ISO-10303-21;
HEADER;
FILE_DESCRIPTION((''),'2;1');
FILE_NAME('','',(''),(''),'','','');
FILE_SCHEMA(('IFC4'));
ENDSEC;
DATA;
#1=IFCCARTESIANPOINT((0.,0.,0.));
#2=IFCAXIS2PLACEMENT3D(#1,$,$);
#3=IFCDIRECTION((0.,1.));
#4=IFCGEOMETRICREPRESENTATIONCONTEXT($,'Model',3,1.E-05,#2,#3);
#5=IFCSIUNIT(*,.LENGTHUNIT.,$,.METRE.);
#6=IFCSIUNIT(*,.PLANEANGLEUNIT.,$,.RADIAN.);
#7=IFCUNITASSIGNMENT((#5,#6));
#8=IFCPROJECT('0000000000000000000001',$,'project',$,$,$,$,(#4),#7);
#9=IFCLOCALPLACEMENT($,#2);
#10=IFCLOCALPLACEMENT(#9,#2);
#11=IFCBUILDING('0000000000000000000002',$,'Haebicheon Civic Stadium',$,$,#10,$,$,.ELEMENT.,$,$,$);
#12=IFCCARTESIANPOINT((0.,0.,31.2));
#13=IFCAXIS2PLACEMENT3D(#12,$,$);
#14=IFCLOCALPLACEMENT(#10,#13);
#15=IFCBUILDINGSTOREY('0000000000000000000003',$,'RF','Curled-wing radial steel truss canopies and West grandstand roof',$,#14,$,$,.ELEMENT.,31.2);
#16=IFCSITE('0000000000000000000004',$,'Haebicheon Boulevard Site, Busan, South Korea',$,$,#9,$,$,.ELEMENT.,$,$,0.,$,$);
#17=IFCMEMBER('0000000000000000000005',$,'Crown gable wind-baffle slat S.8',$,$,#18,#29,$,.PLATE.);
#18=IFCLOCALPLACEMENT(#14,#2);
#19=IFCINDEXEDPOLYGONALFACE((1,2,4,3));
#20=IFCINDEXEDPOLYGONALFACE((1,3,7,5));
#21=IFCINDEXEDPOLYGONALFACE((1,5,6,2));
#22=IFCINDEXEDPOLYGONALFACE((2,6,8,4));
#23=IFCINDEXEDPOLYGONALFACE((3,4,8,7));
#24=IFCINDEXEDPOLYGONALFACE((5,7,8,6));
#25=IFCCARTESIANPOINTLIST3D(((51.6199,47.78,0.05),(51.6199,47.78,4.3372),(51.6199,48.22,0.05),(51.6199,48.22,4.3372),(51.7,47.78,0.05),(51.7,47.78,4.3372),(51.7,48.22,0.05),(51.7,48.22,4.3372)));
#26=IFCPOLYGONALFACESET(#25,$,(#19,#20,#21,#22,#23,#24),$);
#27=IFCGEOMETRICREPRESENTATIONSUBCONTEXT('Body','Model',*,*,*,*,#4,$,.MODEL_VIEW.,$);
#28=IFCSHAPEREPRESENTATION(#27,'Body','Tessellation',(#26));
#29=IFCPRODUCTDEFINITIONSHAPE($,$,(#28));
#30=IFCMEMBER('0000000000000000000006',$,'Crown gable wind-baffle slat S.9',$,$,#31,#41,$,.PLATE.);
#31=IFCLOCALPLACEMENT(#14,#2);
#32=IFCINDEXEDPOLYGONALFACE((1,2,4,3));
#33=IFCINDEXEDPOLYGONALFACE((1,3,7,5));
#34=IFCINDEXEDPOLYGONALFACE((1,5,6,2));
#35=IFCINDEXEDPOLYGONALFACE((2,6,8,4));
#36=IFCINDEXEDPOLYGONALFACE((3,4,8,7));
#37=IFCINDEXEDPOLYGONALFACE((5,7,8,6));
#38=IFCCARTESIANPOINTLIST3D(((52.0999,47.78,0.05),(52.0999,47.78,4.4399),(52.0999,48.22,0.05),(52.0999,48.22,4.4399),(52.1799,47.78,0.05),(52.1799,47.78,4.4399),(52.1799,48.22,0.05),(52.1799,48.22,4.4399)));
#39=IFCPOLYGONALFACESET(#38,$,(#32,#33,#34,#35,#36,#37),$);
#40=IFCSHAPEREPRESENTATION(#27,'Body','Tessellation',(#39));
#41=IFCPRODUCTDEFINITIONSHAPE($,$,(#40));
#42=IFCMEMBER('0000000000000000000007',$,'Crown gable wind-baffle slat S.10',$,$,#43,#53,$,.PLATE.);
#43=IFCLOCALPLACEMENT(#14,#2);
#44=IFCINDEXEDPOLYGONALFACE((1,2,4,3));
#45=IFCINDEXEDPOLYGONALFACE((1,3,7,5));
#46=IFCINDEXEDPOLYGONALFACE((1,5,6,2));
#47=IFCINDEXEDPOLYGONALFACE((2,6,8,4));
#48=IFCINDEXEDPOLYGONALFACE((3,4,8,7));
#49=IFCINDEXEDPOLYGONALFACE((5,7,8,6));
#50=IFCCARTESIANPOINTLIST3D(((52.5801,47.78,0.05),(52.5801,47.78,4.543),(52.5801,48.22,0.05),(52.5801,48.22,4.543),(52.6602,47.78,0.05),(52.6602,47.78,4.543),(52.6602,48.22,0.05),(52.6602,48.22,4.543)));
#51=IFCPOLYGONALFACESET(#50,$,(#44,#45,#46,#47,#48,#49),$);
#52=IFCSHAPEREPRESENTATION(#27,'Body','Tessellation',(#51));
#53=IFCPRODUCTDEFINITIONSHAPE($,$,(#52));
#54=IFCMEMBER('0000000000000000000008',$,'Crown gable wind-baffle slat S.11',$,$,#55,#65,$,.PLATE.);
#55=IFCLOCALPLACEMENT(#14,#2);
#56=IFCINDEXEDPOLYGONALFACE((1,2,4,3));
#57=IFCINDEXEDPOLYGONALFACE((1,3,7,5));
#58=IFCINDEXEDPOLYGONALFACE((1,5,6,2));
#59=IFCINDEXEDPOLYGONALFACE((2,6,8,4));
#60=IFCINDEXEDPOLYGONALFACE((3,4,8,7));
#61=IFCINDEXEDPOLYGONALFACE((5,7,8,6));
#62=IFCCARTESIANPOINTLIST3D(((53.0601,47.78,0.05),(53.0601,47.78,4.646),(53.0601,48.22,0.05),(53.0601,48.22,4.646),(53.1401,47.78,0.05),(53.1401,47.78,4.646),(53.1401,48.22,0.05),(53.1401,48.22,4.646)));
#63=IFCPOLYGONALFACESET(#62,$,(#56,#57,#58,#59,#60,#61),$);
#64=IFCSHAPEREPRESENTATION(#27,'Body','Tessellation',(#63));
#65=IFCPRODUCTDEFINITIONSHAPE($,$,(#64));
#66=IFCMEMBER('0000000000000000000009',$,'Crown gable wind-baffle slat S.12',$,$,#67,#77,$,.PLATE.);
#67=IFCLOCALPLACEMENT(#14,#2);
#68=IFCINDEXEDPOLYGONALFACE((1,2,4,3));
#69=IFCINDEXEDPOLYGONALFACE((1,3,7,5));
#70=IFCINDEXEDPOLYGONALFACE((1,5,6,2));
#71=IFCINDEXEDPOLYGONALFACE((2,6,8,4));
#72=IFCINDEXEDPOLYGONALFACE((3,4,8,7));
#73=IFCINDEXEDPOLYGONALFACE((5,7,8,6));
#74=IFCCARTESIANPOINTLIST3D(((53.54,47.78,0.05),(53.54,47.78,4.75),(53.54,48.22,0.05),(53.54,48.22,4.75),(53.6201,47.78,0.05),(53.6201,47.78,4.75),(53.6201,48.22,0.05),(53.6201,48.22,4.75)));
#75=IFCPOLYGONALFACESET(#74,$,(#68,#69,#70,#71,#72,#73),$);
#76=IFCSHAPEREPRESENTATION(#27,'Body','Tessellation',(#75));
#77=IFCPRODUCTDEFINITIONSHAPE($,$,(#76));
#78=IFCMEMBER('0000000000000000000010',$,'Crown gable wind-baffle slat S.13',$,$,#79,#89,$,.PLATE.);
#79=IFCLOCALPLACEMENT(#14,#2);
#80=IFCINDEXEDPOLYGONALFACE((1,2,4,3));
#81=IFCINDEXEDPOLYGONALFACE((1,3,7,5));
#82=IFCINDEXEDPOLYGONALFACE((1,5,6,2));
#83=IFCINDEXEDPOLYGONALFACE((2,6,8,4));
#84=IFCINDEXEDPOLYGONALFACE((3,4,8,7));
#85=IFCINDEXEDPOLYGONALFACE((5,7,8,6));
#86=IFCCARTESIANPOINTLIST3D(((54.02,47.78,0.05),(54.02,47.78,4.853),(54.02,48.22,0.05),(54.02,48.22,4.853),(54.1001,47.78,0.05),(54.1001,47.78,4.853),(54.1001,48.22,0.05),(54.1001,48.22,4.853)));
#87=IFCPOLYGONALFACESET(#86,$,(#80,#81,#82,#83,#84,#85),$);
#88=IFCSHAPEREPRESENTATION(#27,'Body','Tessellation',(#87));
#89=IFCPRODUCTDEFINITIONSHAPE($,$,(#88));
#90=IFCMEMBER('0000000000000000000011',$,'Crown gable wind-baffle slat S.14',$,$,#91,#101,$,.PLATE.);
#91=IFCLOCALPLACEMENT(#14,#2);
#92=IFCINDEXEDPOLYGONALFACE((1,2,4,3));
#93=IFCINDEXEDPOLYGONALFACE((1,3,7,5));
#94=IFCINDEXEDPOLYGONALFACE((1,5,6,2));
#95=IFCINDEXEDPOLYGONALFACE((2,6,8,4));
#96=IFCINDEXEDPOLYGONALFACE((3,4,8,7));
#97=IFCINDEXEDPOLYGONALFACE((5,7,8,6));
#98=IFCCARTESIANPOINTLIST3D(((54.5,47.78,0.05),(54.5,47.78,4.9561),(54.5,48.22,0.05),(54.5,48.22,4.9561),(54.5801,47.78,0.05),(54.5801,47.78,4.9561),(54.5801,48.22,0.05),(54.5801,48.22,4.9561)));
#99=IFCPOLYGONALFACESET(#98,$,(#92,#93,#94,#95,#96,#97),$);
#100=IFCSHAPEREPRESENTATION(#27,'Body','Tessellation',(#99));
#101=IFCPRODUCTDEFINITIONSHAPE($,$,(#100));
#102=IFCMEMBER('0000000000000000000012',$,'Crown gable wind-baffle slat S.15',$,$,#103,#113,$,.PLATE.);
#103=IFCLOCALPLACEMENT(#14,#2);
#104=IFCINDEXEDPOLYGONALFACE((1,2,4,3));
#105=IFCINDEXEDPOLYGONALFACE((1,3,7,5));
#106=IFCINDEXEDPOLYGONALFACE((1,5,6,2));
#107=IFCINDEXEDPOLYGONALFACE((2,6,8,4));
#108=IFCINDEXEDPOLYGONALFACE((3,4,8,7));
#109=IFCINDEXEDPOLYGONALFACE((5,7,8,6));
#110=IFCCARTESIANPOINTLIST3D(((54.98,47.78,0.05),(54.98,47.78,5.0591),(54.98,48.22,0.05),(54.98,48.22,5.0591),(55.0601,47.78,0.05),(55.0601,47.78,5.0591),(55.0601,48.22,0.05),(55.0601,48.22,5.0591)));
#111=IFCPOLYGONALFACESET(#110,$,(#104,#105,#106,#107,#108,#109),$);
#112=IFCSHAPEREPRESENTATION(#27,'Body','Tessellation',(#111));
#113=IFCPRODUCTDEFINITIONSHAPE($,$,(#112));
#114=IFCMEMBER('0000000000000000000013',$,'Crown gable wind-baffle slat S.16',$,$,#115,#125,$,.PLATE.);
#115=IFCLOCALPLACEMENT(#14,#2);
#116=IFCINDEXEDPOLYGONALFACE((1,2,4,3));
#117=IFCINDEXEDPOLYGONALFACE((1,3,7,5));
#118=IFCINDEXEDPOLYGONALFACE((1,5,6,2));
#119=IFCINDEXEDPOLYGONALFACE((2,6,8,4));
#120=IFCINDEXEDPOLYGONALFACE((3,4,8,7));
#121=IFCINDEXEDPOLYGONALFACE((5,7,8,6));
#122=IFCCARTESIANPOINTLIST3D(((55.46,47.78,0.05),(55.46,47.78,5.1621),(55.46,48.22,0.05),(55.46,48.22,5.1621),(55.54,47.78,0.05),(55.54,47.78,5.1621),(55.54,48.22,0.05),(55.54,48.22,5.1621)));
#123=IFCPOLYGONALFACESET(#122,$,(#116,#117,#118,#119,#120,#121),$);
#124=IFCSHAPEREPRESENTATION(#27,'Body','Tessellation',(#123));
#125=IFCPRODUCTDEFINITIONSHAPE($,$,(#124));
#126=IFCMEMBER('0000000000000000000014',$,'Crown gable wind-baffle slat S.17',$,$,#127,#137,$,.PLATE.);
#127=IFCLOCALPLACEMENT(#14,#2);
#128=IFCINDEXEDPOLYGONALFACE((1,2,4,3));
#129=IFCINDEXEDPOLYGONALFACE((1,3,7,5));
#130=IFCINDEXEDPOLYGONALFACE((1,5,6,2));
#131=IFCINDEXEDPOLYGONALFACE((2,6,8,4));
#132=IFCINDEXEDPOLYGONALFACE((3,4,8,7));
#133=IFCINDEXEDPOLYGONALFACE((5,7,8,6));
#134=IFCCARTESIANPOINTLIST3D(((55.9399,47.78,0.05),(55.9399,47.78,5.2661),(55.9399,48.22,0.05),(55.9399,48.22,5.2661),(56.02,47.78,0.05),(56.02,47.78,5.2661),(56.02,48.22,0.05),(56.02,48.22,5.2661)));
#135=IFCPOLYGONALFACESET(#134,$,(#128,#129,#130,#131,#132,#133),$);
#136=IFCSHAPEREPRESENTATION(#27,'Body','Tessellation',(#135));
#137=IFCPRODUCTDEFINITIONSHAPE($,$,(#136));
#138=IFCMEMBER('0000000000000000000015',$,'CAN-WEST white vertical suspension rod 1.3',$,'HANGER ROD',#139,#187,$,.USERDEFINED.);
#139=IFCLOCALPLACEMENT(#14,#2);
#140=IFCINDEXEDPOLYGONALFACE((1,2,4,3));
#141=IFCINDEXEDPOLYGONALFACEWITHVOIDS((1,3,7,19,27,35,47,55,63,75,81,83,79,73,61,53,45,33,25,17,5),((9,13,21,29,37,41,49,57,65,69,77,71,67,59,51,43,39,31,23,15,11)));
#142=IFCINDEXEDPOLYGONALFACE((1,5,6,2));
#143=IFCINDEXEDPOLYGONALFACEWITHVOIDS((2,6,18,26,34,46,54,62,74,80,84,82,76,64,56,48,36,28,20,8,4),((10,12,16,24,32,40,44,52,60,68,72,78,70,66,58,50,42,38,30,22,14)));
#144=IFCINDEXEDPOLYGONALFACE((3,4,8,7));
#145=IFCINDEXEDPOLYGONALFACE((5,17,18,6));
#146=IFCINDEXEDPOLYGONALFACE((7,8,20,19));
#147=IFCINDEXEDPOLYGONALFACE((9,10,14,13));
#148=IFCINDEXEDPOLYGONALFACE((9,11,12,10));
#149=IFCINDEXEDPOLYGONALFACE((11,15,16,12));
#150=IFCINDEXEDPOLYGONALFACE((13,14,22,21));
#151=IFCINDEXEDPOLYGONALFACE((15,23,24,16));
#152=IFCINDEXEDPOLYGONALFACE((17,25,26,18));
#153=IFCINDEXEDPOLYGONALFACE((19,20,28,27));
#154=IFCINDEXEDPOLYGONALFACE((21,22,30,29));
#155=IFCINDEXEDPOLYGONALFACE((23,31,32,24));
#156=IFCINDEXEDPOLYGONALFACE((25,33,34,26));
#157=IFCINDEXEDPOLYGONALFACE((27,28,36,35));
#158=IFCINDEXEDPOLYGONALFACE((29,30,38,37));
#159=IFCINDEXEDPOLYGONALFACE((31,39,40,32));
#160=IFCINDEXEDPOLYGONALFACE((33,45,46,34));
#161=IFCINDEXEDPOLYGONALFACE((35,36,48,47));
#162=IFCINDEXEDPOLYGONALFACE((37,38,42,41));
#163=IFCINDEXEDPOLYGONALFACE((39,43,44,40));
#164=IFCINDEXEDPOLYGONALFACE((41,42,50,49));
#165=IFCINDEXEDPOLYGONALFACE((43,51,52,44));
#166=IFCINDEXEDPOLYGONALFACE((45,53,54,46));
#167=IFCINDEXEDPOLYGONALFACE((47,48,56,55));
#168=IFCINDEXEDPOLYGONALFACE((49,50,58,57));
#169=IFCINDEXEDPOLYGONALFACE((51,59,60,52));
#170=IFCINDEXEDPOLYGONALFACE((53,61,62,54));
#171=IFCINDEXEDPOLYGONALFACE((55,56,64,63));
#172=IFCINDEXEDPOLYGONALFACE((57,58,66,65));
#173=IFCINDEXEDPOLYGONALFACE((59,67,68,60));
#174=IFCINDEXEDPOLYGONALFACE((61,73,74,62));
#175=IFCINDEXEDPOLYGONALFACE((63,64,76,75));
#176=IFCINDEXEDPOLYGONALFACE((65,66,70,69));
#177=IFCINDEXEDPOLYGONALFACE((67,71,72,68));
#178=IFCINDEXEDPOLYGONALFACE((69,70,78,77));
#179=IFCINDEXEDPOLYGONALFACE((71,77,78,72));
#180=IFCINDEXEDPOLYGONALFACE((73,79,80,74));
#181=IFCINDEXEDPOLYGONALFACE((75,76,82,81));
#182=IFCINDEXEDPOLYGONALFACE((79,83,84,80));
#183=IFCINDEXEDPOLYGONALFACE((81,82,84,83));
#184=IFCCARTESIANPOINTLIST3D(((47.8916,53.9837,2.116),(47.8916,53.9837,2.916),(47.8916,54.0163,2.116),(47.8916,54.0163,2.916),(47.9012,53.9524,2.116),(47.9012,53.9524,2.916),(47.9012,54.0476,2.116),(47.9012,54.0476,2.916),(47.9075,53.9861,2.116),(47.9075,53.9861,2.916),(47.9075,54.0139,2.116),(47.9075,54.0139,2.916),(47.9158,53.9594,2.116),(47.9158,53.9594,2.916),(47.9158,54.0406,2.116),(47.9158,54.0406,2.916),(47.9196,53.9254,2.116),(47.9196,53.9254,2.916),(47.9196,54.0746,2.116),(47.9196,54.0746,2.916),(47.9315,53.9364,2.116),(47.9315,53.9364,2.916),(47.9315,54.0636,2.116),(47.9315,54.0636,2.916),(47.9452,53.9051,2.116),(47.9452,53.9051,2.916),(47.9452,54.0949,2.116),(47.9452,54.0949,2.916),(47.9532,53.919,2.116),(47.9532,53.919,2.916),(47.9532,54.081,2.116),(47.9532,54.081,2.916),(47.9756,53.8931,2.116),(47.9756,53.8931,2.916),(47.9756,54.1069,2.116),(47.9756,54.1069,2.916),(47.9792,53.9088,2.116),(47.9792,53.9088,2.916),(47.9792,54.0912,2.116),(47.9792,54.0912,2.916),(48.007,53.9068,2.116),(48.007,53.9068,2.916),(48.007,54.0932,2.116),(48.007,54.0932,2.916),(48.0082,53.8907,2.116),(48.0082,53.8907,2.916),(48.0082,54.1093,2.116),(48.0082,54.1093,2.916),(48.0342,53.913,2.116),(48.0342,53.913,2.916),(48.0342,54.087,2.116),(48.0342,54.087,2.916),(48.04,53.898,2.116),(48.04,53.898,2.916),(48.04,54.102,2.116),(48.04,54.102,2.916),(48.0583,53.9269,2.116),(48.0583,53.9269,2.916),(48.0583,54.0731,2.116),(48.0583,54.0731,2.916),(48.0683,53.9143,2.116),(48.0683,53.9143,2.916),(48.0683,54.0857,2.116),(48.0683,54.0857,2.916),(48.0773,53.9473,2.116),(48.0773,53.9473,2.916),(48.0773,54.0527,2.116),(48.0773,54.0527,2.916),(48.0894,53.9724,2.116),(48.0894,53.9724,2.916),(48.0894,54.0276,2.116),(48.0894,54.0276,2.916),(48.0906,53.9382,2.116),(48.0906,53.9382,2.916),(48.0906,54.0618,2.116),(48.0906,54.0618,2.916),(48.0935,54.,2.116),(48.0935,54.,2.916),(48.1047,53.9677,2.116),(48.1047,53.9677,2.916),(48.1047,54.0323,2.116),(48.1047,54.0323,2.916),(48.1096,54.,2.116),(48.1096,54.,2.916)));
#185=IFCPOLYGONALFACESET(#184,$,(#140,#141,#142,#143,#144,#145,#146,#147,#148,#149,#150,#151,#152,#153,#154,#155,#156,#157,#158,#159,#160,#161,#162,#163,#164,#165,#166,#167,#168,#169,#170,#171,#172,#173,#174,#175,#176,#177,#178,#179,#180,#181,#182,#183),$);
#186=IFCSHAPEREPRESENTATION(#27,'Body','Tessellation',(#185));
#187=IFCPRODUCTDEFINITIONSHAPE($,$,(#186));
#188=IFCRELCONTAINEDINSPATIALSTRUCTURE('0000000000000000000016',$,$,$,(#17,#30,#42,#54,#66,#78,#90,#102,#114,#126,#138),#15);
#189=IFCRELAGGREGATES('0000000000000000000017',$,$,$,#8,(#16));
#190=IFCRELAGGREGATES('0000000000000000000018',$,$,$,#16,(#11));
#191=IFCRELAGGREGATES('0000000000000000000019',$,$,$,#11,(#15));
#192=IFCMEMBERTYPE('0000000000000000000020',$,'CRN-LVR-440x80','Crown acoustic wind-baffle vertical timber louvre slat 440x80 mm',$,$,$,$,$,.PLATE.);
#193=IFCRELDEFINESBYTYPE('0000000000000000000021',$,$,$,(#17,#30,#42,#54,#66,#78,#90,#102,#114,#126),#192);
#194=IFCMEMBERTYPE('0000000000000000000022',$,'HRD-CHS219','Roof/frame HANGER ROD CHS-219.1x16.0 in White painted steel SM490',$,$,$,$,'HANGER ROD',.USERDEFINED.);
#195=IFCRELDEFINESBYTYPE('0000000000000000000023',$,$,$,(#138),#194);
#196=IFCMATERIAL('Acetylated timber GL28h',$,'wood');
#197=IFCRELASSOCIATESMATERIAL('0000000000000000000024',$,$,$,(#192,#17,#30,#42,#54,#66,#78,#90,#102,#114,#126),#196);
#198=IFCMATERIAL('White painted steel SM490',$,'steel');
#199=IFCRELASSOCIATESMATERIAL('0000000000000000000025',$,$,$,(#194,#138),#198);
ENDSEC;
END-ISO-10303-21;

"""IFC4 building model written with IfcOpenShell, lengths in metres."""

from ifc_helpers import new_model, si_unit, direction, frame, origin, origin_2d, place, context, subcontext, project, spatial, rectangle, hollow_circle, extrude, material, material_profile, profile_set, type_object, element, save


model = new_model("IFC4")

# Units and contexts
model_context = context("Model", 3, precision=1e-05, world=origin(), true_north=direction((0.0, 1.0)))
body_context = subcontext(model_context, "Body", "Model", "MODEL_VIEW")
ifc_project = project(units=[si_unit("LENGTHUNIT", "METRE"), si_unit("PLANEANGLEUNIT", "RADIAN")], contexts=[model_context])

# Site, building, storey
site_placement = place(None, origin())
site = spatial("IfcSite", under=ifc_project, at=site_placement, Name="Haebicheon Boulevard Site, Busan, South Korea", CompositionType="ELEMENT", RefElevation=0.0)
building_placement = place(site_placement, origin())
building = spatial("IfcBuilding", under=site, at=building_placement, Name="Haebicheon Civic Stadium", CompositionType="ELEMENT")
storey_placement = place(building_placement, frame((0.0, 0.0, 31.2)))
storey = spatial("IfcBuildingStorey", under=building, at=storey_placement, Name="RF", Description="Curled-wing radial steel truss canopies and West grandstand roof", CompositionType="ELEMENT", Elevation=31.2)

# Members
ifc_material_1 = material(Name="Acetylated timber GL28h", Category="wood")
ifc_material_profile_1 = material_profile(ifc_material_1, rectangle(XDim=0.0801, YDim=0.4399, at=origin_2d()), Name="TMB-LOUV-80x440")
ifc_profile_set_1 = profile_set([ifc_material_profile_1], Name="Acetylated timber GL28h")
member_type_1 = type_object("IfcMemberType", Name="CRN-LVR-440x80", Description="Crown acoustic wind-baffle vertical timber louvre slat 440x80 mm", PredefinedType="PLATE", material=ifc_profile_set_1)
member_1_placement = place(storey_placement, frame((51.6599, 48.0, 0.05), z_axis=(0.0, 0.0, 1.0), x_axis=(1.0, 0.0, 0.0)))
element("IfcMember", 1, at=member_1_placement, inside=storey, type_object=member_type_1, material=ifc_profile_set_1, Name="Crown gable wind-baffle slat S.8", PredefinedType="PLATE", context=body_context, shape_type="SweptSolid", body=[
    extrude(rectangle(XDim=0.0801, YDim=0.4399, at=origin_2d()), origin(), (0.0, 0.0, 1.0), 4.2871),
])
member_2_placement = place(storey_placement, frame((52.1399, 48.0, 0.05), z_axis=(0.0, 0.0, 1.0), x_axis=(1.0, 0.0, 0.0)))
element("IfcMember", 2, at=member_2_placement, inside=storey, type_object=member_type_1, material=ifc_profile_set_1, Name="Crown gable wind-baffle slat S.9", PredefinedType="PLATE", context=body_context, shape_type="SweptSolid", body=[
    extrude(rectangle(XDim=0.0801, YDim=0.4399, at=origin_2d()), origin(), (0.0, 0.0, 1.0), 4.3899),
])
member_3_placement = place(storey_placement, frame((52.6201, 48.0, 0.05), z_axis=(0.0, 0.0, 1.0), x_axis=(1.0, 0.0, 0.0)))
element("IfcMember", 3, at=member_3_placement, inside=storey, type_object=member_type_1, material=ifc_profile_set_1, Name="Crown gable wind-baffle slat S.10", PredefinedType="PLATE", context=body_context, shape_type="SweptSolid", body=[
    extrude(rectangle(XDim=0.0801, YDim=0.4399, at=origin_2d()), origin(), (0.0, 0.0, 1.0), 4.4929),
])
member_4_placement = place(storey_placement, frame((53.1001, 48.0, 0.05), z_axis=(0.0, 0.0, 1.0), x_axis=(1.0, 0.0, 0.0)))
element("IfcMember", 4, at=member_4_placement, inside=storey, type_object=member_type_1, material=ifc_profile_set_1, Name="Crown gable wind-baffle slat S.11", PredefinedType="PLATE", context=body_context, shape_type="SweptSolid", body=[
    extrude(rectangle(XDim=0.0801, YDim=0.4399, at=origin_2d()), origin(), (0.0, 0.0, 1.0), 4.5959),
])
member_5_placement = place(storey_placement, frame((53.5801, 48.0, 0.05), z_axis=(0.0, 0.0, 1.0), x_axis=(1.0, 0.0, 0.0)))
element("IfcMember", 5, at=member_5_placement, inside=storey, type_object=member_type_1, material=ifc_profile_set_1, Name="Crown gable wind-baffle slat S.12", PredefinedType="PLATE", context=body_context, shape_type="SweptSolid", body=[
    extrude(rectangle(XDim=0.0801, YDim=0.4399, at=origin_2d()), origin(), (0.0, 0.0, 1.0), 4.7),
])
member_6_placement = place(storey_placement, frame((54.0601, 48.0, 0.05), z_axis=(0.0, 0.0, 1.0), x_axis=(1.0, 0.0, 0.0)))
element("IfcMember", 6, at=member_6_placement, inside=storey, type_object=member_type_1, material=ifc_profile_set_1, Name="Crown gable wind-baffle slat S.13", PredefinedType="PLATE", context=body_context, shape_type="SweptSolid", body=[
    extrude(rectangle(XDim=0.0801, YDim=0.4399, at=origin_2d()), origin(), (0.0, 0.0, 1.0), 4.803),
])
member_7_placement = place(storey_placement, frame((54.54, 48.0, 0.05), z_axis=(0.0, 0.0, 1.0), x_axis=(1.0, 0.0, 0.0)))
element("IfcMember", 7, at=member_7_placement, inside=storey, type_object=member_type_1, material=ifc_profile_set_1, Name="Crown gable wind-baffle slat S.14", PredefinedType="PLATE", context=body_context, shape_type="SweptSolid", body=[
    extrude(rectangle(XDim=0.0801, YDim=0.4399, at=origin_2d()), origin(), (0.0, 0.0, 1.0), 4.906),
])
member_8_placement = place(storey_placement, frame((55.02, 48.0, 0.05), z_axis=(0.0, 0.0, 1.0), x_axis=(1.0, 0.0, 0.0)))
element("IfcMember", 8, at=member_8_placement, inside=storey, type_object=member_type_1, material=ifc_profile_set_1, Name="Crown gable wind-baffle slat S.15", PredefinedType="PLATE", context=body_context, shape_type="SweptSolid", body=[
    extrude(rectangle(XDim=0.0801, YDim=0.4399, at=origin_2d()), origin(), (0.0, 0.0, 1.0), 5.009),
])
member_9_placement = place(storey_placement, frame((55.5, 48.0, 0.05), z_axis=(0.0, 0.0, 1.0), x_axis=(1.0, 0.0, 0.0)))
element("IfcMember", 9, at=member_9_placement, inside=storey, type_object=member_type_1, material=ifc_profile_set_1, Name="Crown gable wind-baffle slat S.16", PredefinedType="PLATE", context=body_context, shape_type="SweptSolid", body=[
    extrude(rectangle(XDim=0.0801, YDim=0.4399, at=origin_2d()), origin(), (0.0, 0.0, 1.0), 5.1121),
])
member_10_placement = place(storey_placement, frame((55.98, 48.0, 0.05), z_axis=(0.0, 0.0, 1.0), x_axis=(1.0, 0.0, 0.0)))
element("IfcMember", 10, at=member_10_placement, inside=storey, type_object=member_type_1, material=ifc_profile_set_1, Name="Crown gable wind-baffle slat S.17", PredefinedType="PLATE", context=body_context, shape_type="SweptSolid", body=[
    extrude(rectangle(XDim=0.0801, YDim=0.4399, at=origin_2d()), origin(), (0.0, 0.0, 1.0), 5.2161),
])
ifc_material_2 = material(Name="White painted steel SM490", Category="steel")
ifc_material_profile_2 = material_profile(ifc_material_2, hollow_circle(Radius=0.1096, WallThickness=0.0161, at=origin_2d()), Name="CHS-219.1x16.0")
ifc_profile_set_2 = profile_set([ifc_material_profile_2], Name="White painted steel SM490")
member_type_2 = type_object("IfcMemberType", Name="HRD-CHS219", Description="Roof/frame HANGER ROD CHS-219.1x16.0 in White painted steel SM490", ElementType="HANGER ROD", PredefinedType="USERDEFINED", material=ifc_profile_set_2)
member_11_placement = place(storey_placement, frame((48.0, 54.0, 2.116), z_axis=(0.0, 0.0, 1.0), x_axis=(1.0, 0.0, 0.0)))
element("IfcMember", 11, at=member_11_placement, inside=storey, type_object=member_type_2, material=ifc_profile_set_2, Name="CAN-WEST white vertical suspension rod 1.3", ObjectType="HANGER ROD", PredefinedType="USERDEFINED", context=body_context, shape_type="SweptSolid", body=[
    extrude(hollow_circle(Radius=0.1096, WallThickness=0.0161, at=origin_2d()), origin(), (0.0, 0.0, 1.0), 0.8),
])

save(model, "model.ifc")
